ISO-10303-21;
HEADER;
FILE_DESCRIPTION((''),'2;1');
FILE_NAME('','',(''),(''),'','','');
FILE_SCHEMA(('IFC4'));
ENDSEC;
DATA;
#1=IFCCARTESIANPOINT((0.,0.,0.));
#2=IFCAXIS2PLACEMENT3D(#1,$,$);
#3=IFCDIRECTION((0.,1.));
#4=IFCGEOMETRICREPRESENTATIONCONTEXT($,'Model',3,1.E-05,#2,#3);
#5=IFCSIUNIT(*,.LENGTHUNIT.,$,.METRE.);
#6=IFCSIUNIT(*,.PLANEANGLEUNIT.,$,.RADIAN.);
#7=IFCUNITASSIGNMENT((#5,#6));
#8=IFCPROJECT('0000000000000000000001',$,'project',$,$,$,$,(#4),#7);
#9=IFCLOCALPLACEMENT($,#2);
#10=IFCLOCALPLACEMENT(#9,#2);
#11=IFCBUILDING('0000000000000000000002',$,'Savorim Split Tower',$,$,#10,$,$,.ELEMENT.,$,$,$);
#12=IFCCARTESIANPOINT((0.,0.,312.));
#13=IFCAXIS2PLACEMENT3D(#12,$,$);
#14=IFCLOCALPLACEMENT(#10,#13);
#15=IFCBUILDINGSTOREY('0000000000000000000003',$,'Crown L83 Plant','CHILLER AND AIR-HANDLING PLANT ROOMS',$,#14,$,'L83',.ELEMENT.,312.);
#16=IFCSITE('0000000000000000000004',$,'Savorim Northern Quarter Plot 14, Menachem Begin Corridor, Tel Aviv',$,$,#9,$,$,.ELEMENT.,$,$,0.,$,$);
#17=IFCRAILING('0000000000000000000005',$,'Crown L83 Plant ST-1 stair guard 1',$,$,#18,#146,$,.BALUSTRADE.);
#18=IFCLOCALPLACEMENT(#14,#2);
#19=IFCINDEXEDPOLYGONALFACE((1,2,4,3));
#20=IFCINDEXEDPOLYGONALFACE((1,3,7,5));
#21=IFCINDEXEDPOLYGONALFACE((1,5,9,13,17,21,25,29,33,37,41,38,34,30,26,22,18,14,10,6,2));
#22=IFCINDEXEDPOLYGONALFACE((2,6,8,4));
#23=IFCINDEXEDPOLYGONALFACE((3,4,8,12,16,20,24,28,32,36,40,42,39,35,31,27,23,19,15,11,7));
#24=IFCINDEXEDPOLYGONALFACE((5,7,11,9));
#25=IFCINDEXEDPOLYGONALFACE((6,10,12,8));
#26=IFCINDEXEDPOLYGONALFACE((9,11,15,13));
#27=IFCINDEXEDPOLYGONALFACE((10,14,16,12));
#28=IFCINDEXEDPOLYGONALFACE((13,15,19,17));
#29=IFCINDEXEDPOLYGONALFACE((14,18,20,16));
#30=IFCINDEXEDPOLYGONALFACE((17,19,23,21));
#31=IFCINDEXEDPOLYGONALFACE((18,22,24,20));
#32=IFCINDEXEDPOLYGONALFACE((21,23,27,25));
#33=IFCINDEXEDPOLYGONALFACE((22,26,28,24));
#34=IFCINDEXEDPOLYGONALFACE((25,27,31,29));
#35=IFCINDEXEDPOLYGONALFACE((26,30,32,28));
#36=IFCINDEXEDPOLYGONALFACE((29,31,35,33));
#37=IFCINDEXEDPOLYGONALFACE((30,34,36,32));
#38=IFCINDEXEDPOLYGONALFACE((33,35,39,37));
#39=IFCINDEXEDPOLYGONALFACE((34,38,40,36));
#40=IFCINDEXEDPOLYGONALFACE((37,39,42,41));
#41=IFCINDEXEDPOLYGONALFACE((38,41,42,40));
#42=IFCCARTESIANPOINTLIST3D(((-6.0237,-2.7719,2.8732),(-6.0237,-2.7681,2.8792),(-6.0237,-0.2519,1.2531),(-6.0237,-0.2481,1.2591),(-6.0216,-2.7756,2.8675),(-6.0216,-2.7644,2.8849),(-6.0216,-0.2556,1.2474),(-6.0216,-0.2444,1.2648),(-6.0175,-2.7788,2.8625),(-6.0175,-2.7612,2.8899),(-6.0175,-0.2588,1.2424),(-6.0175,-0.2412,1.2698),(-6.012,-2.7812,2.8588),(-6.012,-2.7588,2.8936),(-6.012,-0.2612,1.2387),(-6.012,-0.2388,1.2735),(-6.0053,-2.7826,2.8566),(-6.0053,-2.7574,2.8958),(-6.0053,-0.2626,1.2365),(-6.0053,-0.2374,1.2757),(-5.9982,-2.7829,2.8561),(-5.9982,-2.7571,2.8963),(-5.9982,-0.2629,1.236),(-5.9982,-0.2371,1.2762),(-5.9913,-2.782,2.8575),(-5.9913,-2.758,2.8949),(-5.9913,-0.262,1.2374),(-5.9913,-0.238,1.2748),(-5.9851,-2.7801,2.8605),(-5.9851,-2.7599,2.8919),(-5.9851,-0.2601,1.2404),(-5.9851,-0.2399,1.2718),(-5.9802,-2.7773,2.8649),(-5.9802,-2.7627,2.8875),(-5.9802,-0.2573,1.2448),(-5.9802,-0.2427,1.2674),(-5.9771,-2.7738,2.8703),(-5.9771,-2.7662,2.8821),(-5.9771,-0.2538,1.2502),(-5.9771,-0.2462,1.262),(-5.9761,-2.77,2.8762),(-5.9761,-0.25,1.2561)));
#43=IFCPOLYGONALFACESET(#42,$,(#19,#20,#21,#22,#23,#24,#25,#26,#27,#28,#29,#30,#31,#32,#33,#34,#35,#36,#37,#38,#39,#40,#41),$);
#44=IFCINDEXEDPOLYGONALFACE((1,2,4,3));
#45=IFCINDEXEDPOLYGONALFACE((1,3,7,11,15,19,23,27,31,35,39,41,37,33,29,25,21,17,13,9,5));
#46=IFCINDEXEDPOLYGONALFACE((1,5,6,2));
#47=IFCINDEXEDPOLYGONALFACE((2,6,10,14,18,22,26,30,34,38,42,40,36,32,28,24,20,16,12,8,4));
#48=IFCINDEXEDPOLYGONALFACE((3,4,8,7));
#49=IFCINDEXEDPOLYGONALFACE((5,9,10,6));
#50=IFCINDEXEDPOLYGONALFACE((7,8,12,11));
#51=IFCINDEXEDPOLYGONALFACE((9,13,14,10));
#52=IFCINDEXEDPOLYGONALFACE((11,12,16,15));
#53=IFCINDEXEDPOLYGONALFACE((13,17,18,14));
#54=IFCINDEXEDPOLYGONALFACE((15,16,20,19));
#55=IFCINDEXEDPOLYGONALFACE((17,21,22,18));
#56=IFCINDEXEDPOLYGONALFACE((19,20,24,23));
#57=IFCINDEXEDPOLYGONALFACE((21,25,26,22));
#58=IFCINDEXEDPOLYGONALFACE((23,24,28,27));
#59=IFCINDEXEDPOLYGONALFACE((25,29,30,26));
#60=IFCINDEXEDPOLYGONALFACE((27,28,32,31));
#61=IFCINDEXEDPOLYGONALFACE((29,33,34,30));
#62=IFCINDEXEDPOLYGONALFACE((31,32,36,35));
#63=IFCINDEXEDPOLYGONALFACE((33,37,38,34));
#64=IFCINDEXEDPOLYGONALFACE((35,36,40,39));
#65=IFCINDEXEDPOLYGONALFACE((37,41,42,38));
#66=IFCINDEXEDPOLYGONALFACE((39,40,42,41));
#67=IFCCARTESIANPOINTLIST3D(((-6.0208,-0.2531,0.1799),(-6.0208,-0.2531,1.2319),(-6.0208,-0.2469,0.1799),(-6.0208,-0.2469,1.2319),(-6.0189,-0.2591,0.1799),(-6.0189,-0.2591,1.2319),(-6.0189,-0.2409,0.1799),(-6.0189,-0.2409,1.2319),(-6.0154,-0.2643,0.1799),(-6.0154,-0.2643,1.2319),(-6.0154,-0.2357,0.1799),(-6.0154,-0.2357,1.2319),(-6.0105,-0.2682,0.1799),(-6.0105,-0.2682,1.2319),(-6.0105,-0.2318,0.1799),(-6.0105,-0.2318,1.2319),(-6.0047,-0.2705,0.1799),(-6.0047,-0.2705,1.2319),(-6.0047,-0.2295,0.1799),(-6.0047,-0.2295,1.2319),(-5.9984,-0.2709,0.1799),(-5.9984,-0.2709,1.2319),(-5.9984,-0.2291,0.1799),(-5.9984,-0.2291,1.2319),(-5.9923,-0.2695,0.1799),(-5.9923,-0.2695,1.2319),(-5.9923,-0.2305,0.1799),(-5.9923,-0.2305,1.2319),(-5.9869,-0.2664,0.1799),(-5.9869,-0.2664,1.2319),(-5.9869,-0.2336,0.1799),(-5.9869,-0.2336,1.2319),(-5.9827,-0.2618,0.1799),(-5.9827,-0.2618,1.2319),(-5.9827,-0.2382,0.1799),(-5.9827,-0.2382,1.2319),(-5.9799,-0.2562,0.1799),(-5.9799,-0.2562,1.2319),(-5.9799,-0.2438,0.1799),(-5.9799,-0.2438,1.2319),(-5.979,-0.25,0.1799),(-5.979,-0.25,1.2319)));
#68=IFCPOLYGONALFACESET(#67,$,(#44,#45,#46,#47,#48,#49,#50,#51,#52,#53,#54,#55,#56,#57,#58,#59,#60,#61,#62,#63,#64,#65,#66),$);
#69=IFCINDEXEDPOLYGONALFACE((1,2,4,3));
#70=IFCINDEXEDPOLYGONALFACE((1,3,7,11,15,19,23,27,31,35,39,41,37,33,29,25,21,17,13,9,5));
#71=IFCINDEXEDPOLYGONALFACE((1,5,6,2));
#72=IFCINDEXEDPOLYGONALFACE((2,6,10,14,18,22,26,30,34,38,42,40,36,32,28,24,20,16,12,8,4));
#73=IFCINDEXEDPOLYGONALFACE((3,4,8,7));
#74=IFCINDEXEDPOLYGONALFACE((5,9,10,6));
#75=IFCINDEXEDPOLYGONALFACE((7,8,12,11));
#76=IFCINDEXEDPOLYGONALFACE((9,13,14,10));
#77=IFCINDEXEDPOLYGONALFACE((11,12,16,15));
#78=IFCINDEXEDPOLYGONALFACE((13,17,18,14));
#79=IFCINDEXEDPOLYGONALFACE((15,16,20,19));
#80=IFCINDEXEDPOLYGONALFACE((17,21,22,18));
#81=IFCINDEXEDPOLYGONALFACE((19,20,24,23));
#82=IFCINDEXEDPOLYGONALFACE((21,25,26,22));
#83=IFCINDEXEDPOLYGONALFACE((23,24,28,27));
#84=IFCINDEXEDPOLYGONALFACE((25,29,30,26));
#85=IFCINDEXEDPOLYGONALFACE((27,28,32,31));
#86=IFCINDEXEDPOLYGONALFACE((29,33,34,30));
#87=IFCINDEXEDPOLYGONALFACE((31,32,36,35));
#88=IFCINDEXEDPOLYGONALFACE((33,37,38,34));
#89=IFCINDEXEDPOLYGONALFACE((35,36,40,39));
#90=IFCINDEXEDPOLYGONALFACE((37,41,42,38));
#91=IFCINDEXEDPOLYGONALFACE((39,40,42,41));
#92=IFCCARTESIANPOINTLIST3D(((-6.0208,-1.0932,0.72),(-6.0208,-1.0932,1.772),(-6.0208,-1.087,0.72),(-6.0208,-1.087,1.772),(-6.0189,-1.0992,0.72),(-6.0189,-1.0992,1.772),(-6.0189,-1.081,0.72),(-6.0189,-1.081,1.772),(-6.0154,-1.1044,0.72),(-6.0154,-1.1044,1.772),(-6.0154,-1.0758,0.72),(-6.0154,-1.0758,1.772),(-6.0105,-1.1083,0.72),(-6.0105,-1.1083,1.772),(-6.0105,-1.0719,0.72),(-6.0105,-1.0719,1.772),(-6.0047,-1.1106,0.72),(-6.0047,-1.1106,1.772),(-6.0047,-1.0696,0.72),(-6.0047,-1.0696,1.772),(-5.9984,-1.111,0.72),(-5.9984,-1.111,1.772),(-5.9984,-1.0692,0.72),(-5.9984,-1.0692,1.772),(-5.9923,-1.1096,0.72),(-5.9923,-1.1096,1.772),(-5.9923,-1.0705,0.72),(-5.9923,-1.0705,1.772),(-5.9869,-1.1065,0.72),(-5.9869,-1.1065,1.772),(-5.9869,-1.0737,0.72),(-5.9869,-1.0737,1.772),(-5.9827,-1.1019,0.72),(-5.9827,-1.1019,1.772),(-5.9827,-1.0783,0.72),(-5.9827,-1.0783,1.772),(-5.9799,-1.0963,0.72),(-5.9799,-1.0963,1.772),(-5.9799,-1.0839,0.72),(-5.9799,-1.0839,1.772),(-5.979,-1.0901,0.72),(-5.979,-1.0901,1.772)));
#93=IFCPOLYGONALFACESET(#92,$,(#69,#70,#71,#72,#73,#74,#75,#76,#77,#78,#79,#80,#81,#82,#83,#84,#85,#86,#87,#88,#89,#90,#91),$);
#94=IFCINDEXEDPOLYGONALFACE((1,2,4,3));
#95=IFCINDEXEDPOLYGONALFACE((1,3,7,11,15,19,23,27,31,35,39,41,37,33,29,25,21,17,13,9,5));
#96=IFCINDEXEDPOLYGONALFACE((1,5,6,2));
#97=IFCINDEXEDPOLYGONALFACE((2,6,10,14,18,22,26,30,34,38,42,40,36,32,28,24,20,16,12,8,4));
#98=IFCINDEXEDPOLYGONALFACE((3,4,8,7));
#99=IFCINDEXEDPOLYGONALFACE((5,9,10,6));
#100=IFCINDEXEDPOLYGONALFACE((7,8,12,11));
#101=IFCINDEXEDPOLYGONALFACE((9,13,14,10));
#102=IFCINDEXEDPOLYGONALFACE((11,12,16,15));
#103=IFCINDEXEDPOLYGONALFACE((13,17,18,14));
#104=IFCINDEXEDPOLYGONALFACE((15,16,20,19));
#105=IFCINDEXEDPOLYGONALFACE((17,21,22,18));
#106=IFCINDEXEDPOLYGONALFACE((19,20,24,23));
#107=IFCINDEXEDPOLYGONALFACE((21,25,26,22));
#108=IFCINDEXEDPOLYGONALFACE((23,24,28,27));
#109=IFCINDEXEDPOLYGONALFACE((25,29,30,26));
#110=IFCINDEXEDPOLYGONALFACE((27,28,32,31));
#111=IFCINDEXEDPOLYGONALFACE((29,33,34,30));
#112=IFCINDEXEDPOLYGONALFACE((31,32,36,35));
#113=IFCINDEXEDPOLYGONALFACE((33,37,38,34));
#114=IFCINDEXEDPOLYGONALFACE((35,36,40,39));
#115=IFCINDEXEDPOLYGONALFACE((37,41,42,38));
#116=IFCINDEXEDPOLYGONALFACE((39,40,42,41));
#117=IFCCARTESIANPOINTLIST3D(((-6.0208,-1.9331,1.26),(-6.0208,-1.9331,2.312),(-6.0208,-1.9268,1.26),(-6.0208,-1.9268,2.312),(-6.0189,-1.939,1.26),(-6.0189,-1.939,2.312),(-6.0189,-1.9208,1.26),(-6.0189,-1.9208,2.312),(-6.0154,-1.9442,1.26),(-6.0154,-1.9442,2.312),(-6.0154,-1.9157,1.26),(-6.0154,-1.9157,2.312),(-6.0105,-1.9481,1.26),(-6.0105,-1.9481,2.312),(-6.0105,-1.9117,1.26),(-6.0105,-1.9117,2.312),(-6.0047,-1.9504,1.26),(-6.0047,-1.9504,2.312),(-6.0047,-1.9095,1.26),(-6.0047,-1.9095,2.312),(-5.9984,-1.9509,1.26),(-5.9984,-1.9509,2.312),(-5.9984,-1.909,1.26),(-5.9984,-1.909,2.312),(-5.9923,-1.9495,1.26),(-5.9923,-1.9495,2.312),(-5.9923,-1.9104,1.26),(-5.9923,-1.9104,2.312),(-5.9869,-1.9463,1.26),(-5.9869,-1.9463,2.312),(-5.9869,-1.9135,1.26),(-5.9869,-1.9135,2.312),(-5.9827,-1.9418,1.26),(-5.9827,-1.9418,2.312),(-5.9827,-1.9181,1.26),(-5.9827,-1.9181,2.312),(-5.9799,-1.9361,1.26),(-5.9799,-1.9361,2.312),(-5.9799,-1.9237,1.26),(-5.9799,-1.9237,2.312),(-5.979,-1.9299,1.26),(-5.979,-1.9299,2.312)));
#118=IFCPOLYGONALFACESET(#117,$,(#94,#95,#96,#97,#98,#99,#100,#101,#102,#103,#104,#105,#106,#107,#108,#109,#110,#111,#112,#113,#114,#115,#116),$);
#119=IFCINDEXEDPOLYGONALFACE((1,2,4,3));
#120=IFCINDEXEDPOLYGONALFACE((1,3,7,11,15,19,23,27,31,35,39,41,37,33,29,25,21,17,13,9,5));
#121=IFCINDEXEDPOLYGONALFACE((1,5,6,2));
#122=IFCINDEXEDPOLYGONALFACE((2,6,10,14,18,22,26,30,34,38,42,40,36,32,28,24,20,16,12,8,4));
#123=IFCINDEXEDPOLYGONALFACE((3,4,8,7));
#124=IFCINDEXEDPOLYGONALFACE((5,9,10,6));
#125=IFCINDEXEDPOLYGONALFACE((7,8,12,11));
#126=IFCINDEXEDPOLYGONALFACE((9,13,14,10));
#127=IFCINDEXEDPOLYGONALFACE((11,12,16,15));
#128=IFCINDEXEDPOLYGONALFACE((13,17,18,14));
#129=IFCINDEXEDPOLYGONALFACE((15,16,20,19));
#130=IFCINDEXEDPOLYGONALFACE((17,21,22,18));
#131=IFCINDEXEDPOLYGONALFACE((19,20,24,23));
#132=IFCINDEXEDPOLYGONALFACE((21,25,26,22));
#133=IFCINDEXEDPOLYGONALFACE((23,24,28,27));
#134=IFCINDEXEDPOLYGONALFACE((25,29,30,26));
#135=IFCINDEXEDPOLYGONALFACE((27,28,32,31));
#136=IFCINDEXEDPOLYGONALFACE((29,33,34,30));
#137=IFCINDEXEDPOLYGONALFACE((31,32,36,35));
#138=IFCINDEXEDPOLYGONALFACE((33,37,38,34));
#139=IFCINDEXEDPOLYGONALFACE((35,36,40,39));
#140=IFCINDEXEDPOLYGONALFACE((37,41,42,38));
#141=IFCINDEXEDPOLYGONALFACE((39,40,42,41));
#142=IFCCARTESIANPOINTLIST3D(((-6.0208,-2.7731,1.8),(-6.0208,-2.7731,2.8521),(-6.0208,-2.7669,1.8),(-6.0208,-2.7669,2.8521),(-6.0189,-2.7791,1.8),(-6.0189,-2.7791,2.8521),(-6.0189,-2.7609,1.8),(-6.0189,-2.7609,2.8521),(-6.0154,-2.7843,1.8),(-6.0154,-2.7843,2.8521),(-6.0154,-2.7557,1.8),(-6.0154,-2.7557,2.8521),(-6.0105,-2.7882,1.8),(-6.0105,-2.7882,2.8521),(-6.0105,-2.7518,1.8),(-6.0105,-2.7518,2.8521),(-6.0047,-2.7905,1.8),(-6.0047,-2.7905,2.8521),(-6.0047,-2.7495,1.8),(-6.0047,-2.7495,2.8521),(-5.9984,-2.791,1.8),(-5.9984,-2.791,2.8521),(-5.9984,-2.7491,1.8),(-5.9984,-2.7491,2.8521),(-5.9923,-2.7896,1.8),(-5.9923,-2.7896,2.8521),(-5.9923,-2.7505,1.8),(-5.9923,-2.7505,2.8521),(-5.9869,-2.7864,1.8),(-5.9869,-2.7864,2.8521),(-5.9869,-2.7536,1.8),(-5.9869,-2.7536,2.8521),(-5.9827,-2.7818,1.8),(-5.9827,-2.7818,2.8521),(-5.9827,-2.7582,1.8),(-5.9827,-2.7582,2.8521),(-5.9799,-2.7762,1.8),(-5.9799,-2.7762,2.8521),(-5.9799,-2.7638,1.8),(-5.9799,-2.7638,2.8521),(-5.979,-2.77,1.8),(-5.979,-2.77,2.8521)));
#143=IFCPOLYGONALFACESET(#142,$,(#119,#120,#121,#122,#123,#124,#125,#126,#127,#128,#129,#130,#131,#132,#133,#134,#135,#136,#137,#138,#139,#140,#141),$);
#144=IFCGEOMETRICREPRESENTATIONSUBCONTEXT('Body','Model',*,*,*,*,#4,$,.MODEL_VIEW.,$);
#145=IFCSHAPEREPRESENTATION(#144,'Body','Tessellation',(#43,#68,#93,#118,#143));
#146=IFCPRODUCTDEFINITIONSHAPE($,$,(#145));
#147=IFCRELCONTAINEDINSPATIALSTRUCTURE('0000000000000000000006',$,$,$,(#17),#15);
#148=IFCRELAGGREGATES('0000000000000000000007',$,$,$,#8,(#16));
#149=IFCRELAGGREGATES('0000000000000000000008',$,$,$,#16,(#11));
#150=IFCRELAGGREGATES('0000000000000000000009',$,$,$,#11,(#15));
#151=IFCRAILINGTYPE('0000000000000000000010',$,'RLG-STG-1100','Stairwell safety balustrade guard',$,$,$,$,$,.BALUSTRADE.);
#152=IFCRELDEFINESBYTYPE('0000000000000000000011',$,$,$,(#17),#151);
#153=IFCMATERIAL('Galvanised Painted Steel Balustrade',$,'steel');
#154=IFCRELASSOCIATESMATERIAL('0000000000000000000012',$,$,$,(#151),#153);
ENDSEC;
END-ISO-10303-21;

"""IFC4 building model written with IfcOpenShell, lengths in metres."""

from ifc_helpers import new_model, si_unit, direction, frame, origin, origin_2d, place, context, subcontext, project, spatial, circle, extrude, material, type_object, element, save


model = new_model("IFC4")

# Units and contexts
model_context = context("Model", 3, precision=1e-05, world=origin(), true_north=direction((0.0, 1.0)))
body_context = subcontext(model_context, "Body", "Model", "MODEL_VIEW")
ifc_project = project(units=[si_unit("LENGTHUNIT", "METRE"), si_unit("PLANEANGLEUNIT", "RADIAN")], contexts=[model_context])

# Site, building, storey
site_placement = place(None, origin())
site = spatial("IfcSite", under=ifc_project, at=site_placement, Name="Savorim Northern Quarter Plot 14, Menachem Begin Corridor, Tel Aviv", CompositionType="ELEMENT", RefElevation=0.0)
building_placement = place(site_placement, origin())
building = spatial("IfcBuilding", under=site, at=building_placement, Name="Savorim Split Tower", CompositionType="ELEMENT")
storey_placement = place(building_placement, frame((0.0, 0.0, 312.0)))
storey = spatial("IfcBuildingStorey", under=building, at=storey_placement, Name="Crown L83 Plant", Description="CHILLER AND AIR-HANDLING PLANT ROOMS", LongName="L83", CompositionType="ELEMENT", Elevation=312.0)

# Railing
ifc_material_1 = material(Name="Galvanised Painted Steel Balustrade", Category="steel")
railing_type_1 = type_object("IfcRailingType", Name="RLG-STG-1100", Description="Stairwell safety balustrade guard", PredefinedType="BALUSTRADE", material=ifc_material_1)
railing_1_placement = place(storey_placement, frame((-6.0, -0.25, 0.1799)))
element("IfcRailing", 1, at=railing_1_placement, inside=storey, type_object=railing_type_1, Name="Crown L83 Plant ST-1 stair guard 1", PredefinedType="BALUSTRADE", context=body_context, shape_type="SweptSolid", body=[
    extrude(circle(Radius=0.0239, at=origin_2d()), frame((0.0, 0.0, 1.0762), z_axis=(0.0, -0.841163, 0.540782), x_axis=(1.0, 0.0, 0.0)), (0.0, 0.0, 1.0), 2.9958),
    extrude(circle(Radius=0.021, at=origin_2d()), origin(), (0.0, 0.0, 1.0), 1.052),
    extrude(circle(Radius=0.021, at=origin_2d()), frame((0.0, -0.8401, 0.54)), (0.0, 0.0, 1.0), 1.052),
    extrude(circle(Radius=0.021, at=origin_2d()), frame((0.0, -1.6799, 1.0801)), (0.0, 0.0, 1.0), 1.052),
    extrude(circle(Radius=0.021, at=origin_2d()), frame((0.0, -2.52, 1.6201)), (0.0, 0.0, 1.0), 1.052),
])

save(model, "model.ifc")
